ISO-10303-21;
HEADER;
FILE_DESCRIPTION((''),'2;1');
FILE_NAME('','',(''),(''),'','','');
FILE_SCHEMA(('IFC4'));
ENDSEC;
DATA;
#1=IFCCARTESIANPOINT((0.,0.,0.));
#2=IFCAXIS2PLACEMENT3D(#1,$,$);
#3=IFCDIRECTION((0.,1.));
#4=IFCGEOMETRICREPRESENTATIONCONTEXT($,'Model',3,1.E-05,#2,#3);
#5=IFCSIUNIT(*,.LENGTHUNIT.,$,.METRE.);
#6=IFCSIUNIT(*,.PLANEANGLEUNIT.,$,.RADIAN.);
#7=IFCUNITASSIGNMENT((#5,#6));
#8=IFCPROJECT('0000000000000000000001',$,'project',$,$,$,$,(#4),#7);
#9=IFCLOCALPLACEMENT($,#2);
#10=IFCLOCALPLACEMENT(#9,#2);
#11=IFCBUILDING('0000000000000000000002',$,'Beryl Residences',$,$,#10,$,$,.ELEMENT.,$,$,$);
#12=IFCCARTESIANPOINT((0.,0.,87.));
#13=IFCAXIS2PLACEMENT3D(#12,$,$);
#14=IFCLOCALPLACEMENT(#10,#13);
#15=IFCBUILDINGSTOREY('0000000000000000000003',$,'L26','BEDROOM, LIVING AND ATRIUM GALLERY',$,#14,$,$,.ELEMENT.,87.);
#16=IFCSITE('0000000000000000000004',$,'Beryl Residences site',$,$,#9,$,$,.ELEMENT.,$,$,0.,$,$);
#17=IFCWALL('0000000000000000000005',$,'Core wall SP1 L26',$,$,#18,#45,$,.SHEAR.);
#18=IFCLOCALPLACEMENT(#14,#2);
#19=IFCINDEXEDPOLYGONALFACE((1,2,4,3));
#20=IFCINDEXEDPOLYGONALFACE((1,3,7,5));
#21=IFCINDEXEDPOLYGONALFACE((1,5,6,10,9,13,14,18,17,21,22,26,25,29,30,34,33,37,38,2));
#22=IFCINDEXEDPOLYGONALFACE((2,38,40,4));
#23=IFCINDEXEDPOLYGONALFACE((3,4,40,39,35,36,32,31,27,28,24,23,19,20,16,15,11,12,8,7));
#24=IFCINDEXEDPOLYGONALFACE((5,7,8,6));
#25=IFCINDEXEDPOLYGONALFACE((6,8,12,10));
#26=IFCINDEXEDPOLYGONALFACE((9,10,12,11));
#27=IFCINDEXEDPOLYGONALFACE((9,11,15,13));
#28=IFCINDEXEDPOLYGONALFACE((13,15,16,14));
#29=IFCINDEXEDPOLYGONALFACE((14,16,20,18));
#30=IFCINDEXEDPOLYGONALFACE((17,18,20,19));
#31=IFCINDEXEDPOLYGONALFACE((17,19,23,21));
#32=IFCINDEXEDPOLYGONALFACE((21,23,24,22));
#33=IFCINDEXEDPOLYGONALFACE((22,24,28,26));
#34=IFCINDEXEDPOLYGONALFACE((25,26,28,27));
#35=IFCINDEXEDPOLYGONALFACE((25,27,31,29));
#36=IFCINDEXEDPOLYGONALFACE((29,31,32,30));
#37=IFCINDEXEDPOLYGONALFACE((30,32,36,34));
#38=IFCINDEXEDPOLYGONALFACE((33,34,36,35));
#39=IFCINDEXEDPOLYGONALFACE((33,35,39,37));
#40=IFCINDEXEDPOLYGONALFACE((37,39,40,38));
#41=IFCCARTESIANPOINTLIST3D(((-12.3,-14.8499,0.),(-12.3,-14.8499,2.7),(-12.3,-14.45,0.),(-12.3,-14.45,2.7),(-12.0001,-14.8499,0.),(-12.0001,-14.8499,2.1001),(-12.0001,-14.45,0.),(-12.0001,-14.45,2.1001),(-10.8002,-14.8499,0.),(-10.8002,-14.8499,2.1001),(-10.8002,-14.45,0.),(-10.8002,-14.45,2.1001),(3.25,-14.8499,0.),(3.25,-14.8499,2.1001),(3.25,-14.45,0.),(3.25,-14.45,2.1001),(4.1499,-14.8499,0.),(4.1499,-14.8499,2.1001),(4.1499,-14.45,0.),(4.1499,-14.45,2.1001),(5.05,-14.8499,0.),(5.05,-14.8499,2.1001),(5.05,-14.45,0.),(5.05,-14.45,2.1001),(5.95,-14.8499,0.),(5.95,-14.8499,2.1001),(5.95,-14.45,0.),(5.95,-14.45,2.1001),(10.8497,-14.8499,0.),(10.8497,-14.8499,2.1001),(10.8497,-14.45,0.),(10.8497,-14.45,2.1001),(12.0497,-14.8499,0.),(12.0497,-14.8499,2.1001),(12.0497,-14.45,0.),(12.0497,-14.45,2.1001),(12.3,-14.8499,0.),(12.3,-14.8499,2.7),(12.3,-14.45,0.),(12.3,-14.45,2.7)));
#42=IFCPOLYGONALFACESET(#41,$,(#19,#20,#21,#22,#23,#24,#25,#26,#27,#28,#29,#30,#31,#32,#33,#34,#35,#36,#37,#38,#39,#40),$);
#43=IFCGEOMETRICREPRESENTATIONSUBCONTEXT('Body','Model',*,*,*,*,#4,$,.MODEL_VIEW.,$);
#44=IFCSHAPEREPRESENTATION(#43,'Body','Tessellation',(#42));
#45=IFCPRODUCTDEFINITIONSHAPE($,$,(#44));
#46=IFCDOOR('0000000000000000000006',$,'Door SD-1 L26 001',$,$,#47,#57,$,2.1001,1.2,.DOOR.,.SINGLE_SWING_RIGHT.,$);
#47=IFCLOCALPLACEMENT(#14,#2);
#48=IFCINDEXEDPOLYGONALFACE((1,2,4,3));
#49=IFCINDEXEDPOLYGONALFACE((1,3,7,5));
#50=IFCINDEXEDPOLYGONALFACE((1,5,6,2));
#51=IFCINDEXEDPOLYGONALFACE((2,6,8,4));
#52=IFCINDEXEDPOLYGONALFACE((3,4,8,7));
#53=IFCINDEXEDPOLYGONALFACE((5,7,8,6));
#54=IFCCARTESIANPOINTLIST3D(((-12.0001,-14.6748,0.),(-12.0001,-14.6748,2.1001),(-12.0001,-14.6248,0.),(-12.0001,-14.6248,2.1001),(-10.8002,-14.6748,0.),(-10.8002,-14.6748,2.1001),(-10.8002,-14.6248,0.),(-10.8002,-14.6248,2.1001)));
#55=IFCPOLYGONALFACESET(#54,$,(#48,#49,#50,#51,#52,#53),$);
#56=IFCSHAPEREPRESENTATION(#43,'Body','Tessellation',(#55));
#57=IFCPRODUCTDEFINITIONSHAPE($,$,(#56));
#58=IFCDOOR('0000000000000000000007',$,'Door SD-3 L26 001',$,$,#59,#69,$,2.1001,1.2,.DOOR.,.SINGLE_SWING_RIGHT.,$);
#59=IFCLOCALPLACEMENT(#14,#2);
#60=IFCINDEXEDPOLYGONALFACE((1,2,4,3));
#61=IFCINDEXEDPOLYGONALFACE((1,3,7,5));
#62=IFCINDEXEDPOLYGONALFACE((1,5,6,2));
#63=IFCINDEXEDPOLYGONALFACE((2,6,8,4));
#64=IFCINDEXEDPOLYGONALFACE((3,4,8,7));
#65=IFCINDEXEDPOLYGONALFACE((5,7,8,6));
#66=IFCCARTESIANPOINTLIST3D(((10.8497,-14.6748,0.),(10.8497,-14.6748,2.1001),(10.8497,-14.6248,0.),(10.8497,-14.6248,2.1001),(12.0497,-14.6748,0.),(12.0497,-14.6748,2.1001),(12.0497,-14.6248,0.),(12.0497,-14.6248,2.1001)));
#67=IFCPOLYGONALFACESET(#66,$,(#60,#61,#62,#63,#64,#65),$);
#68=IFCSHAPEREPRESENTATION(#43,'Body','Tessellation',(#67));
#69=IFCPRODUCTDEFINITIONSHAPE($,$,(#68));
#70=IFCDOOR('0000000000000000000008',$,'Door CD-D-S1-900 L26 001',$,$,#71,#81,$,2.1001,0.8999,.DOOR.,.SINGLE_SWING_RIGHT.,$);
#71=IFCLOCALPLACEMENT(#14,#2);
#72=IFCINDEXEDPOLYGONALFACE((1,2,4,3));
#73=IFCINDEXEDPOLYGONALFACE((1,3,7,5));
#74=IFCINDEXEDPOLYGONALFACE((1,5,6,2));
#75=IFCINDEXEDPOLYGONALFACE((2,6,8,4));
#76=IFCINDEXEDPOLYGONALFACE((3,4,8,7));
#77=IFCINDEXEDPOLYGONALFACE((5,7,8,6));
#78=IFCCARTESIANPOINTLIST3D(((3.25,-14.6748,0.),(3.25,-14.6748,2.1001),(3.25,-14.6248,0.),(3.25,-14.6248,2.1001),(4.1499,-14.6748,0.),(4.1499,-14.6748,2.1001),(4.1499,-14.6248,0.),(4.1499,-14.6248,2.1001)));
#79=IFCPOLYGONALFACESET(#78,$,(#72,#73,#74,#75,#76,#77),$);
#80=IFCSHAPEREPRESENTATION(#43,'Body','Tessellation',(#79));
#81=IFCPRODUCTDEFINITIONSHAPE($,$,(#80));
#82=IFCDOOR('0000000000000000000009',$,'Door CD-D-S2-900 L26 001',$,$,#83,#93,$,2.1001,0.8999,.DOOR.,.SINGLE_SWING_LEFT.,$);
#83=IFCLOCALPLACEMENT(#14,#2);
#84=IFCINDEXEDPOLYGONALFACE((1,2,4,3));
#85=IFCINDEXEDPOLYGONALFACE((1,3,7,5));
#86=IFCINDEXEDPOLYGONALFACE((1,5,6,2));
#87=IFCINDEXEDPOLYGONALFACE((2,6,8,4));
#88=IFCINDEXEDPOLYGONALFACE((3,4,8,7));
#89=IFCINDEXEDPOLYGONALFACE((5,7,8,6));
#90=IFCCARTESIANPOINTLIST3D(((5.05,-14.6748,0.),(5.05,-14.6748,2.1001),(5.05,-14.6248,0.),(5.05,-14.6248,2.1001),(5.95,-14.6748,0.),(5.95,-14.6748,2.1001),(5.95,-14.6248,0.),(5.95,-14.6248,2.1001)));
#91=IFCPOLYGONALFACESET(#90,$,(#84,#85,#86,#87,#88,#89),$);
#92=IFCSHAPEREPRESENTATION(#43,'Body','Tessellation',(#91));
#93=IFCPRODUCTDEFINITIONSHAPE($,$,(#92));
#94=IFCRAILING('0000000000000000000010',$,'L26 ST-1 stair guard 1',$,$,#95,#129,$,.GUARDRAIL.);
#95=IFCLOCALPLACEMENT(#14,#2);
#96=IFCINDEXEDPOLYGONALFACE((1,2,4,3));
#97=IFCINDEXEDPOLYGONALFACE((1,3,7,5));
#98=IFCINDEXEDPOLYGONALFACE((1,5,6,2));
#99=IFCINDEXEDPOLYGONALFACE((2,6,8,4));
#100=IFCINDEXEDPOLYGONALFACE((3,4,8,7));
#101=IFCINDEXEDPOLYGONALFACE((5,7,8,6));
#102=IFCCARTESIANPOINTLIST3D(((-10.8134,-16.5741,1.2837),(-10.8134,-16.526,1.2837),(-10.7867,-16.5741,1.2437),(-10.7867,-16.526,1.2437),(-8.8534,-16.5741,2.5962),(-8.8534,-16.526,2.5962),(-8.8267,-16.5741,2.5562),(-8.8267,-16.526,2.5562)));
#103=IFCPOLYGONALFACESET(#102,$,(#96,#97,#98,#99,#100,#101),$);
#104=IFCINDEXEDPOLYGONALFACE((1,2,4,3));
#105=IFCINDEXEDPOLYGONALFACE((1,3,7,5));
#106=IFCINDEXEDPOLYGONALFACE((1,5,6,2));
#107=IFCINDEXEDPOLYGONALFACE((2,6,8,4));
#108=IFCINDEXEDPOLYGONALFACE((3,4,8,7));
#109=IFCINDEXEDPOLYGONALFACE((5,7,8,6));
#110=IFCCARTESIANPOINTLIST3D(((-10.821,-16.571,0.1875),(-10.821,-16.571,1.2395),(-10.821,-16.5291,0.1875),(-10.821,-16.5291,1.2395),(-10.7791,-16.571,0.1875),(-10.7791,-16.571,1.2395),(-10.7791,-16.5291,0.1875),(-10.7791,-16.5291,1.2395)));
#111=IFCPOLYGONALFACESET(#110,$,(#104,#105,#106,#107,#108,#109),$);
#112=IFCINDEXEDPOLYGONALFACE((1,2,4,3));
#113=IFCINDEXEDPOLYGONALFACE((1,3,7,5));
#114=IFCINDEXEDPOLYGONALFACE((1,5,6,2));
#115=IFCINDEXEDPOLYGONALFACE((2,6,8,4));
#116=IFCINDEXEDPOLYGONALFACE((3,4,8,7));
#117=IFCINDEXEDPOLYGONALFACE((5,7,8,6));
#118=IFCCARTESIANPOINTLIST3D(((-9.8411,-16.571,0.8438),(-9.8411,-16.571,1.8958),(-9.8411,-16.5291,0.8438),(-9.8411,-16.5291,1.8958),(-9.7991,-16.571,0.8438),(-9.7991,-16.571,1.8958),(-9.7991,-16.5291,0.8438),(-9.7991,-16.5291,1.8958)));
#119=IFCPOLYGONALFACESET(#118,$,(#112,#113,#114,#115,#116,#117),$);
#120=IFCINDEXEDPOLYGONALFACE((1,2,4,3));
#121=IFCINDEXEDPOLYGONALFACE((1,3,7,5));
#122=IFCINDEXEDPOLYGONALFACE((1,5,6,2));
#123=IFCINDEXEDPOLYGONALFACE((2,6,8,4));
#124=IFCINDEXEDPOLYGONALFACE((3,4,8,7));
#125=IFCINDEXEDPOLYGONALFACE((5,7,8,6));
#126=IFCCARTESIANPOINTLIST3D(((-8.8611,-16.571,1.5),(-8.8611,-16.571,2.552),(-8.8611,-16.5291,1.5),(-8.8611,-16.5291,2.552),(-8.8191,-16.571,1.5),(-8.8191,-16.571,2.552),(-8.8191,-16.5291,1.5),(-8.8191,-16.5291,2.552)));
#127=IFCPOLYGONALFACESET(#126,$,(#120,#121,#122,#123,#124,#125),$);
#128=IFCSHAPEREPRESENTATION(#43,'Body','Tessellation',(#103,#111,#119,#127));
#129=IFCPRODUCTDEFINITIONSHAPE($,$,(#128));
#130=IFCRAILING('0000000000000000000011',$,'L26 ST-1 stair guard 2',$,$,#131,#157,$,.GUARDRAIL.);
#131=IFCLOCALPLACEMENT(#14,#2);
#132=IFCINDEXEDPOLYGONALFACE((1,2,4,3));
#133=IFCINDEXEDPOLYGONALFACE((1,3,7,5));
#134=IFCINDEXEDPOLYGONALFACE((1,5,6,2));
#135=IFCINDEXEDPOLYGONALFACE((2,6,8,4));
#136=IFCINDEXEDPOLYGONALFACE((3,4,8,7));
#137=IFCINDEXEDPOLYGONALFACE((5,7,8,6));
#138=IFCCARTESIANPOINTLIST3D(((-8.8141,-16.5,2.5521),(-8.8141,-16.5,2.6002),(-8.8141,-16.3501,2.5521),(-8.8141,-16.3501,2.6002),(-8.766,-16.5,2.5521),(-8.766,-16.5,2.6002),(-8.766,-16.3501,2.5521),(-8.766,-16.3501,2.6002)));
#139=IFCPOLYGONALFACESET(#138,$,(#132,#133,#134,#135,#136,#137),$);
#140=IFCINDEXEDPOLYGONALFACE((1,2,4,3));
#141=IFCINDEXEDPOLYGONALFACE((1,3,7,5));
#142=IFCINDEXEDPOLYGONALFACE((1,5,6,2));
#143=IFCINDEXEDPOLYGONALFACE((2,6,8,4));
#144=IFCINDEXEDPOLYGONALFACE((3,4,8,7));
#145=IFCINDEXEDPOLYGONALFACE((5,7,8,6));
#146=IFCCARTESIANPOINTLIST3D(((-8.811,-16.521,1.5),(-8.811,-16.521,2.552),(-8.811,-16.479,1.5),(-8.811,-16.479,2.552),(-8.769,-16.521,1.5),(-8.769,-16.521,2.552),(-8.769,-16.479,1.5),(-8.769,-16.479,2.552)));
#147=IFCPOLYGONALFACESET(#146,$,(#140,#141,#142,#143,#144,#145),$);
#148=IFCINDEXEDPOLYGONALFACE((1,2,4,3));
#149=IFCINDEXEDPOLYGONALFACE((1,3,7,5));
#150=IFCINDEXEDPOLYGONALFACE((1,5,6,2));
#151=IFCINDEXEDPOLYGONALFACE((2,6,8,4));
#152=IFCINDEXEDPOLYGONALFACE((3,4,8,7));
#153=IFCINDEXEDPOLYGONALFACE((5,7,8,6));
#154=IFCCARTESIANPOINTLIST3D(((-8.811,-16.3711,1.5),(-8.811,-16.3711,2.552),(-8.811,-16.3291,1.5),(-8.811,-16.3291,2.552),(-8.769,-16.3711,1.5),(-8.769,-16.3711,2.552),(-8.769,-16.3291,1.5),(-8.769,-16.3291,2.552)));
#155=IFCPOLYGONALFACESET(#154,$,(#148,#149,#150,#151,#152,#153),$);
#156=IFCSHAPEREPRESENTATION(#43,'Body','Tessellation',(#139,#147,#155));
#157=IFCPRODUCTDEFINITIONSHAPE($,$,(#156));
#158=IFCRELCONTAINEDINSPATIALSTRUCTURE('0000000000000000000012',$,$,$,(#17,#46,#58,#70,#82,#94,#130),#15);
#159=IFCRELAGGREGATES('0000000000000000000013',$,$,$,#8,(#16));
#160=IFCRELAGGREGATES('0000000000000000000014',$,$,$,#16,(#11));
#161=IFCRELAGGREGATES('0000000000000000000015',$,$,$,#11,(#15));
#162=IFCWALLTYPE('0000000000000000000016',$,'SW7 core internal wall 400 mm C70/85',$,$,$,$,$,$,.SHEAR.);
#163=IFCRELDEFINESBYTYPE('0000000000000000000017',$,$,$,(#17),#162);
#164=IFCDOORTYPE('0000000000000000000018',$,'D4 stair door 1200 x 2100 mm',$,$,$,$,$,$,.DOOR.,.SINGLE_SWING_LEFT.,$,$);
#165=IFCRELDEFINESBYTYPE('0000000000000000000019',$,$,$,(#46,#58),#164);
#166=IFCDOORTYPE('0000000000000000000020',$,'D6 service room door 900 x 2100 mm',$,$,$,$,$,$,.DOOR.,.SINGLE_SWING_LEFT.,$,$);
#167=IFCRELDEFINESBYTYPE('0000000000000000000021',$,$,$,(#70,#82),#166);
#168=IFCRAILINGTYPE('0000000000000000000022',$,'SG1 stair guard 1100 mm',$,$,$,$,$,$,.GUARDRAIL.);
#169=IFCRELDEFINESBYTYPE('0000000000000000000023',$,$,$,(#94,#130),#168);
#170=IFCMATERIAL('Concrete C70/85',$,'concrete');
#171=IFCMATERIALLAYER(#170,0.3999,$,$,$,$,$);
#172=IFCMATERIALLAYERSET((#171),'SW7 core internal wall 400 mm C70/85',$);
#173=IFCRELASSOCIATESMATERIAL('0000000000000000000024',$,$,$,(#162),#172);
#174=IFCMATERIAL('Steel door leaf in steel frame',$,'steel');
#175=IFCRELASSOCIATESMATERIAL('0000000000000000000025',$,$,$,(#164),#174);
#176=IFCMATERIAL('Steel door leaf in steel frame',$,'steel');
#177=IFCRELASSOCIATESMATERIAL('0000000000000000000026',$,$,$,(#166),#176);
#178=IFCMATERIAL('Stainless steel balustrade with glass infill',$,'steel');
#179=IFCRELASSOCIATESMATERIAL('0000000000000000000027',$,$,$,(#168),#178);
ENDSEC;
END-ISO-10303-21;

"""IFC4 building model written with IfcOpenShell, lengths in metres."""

from ifc_helpers import new_model, si_unit, direction, frame, frame_2d, origin, origin_2d, place, context, subcontext, project, spatial, rectangle, extrude, material, layer, layer_set, type_object, element, fill, save


model = new_model("IFC4")

# Units and contexts
model_context = context("Model", 3, precision=1e-05, world=origin(), true_north=direction((0.0, 1.0)))
body_context = subcontext(model_context, "Body", "Model", "MODEL_VIEW")
ifc_project = project(units=[si_unit("LENGTHUNIT", "METRE"), si_unit("PLANEANGLEUNIT", "RADIAN")], contexts=[model_context])

# Site, building, storey
site_placement = place(None, origin())
site = spatial("IfcSite", under=ifc_project, at=site_placement, Name="Beryl Residences site", CompositionType="ELEMENT", RefElevation=0.0)
building_placement = place(site_placement, origin())
building = spatial("IfcBuilding", under=site, at=building_placement, Name="Beryl Residences", CompositionType="ELEMENT")
storey_placement = place(building_placement, frame((0.0, 0.0, 87.0)))
storey = spatial("IfcBuildingStorey", under=building, at=storey_placement, Name="L26", Description="BEDROOM, LIVING AND ATRIUM GALLERY", CompositionType="ELEMENT", Elevation=87.0)

# Wall, openings, doors
ifc_material_1 = material(Name="Concrete C70/85", Category="concrete")
ifc_layer_1 = layer(ifc_material_1, 0.3999)
ifc_layer_set_1 = layer_set([ifc_layer_1], Name="SW7 core internal wall 400 mm C70/85")
wall_type_1 = type_object("IfcWallType", Name="SW7 core internal wall 400 mm C70/85", PredefinedType="SHEAR", material=ifc_layer_set_1)
wall_1_placement = place(storey_placement, frame((-12.3, -14.6499, 0.0), z_axis=(0.0, 0.0, 1.0), x_axis=(1.0, 0.0, 0.0)))
wall_1 = element("IfcWall", 1, at=wall_1_placement, inside=storey, type_object=wall_type_1, Name="Core wall SP1 L26", PredefinedType="SHEAR", context=body_context, shape_type="SweptSolid", body=[
    extrude(rectangle(XDim=24.6001, YDim=0.3999, at=frame_2d((12.3, 0.0))), origin(), (0.0, 0.0, 1.0), 2.7),
])
opening_1_placement = place(wall_1_placement, frame((1.5, 0.0, 0.0), z_axis=(0.0, 0.0, 1.0), x_axis=(-1.0, 0.0, 0.0)))
opening_1 = element("IfcOpeningElement", 2, at=opening_1_placement, cuts=wall_1, PredefinedType="OPENING", context=body_context, shape_type="SweptSolid", body=[
    extrude(rectangle(XDim=1.2, YDim=2.1001, at=frame_2d((0.6001, 1.05))), frame((0.0, 0.21, 0.0), z_axis=(0.0, -1.0, 0.0), x_axis=(1.0, 0.0, 0.0)), (0.0, 0.0, 1.0), 0.4199),
])
opening_2_placement = place(wall_1_placement, frame((24.3499, 0.0, 0.0), z_axis=(0.0, 0.0, 1.0), x_axis=(-1.0, 0.0, 0.0)))
opening_2 = element("IfcOpeningElement", 3, at=opening_2_placement, cuts=wall_1, PredefinedType="OPENING", context=body_context, shape_type="SweptSolid", body=[
    extrude(rectangle(XDim=1.2, YDim=2.1001, at=frame_2d((0.6001, 1.05))), frame((0.0, 0.21, 0.0), z_axis=(0.0, -1.0, 0.0), x_axis=(1.0, 0.0, 0.0)), (0.0, 0.0, 1.0), 0.4199),
])
opening_3_placement = place(wall_1_placement, frame((16.45, 0.0, 0.0), z_axis=(0.0, 0.0, 1.0), x_axis=(-1.0, 0.0, 0.0)))
opening_3 = element("IfcOpeningElement", 4, at=opening_3_placement, cuts=wall_1, PredefinedType="OPENING", context=body_context, shape_type="SweptSolid", body=[
    extrude(rectangle(XDim=0.8999, YDim=2.1001, at=frame_2d((0.45, 1.05))), frame((0.0, 0.21, 0.0), z_axis=(0.0, -1.0, 0.0), x_axis=(1.0, 0.0, 0.0)), (0.0, 0.0, 1.0), 0.4199),
])
opening_4_placement = place(wall_1_placement, frame((18.25, 0.0, 0.0), z_axis=(0.0, 0.0, 1.0), x_axis=(-1.0, 0.0, 0.0)))
opening_4 = element("IfcOpeningElement", 5, at=opening_4_placement, cuts=wall_1, PredefinedType="OPENING", context=body_context, shape_type="SweptSolid", body=[
    extrude(rectangle(XDim=0.8999, YDim=2.1001, at=frame_2d((0.45, 1.05))), frame((0.0, 0.21, 0.0), z_axis=(0.0, -1.0, 0.0), x_axis=(1.0, 0.0, 0.0)), (0.0, 0.0, 1.0), 0.4199),
])
ifc_material_2 = material(Name="Steel door leaf in steel frame", Category="steel")
door_type_1 = type_object("IfcDoorType", Name="D4 stair door 1200 x 2100 mm", OperationType="SINGLE_SWING_LEFT", PredefinedType="DOOR", material=ifc_material_2)
door_1_placement = place(opening_1_placement, origin())
door_1 = element("IfcDoor", 6, at=door_1_placement, inside=storey, type_object=door_type_1, Name="Door SD-1 L26 001", OperationType="SINGLE_SWING_RIGHT", OverallHeight=2.1001, OverallWidth=1.2, PredefinedType="DOOR", context=body_context, shape_type="SweptSolid", body=[
    extrude(rectangle(XDim=1.2, YDim=2.1001, at=frame_2d((0.6001, 1.05))), frame((0.0, 0.0249, 0.0), z_axis=(0.0, -1.0, 0.0), x_axis=(1.0, 0.0, 0.0)), (0.0, 0.0, 1.0), 0.05),
])
fill(opening_1, door_1)
door_2_placement = place(opening_2_placement, origin())
door_2 = element("IfcDoor", 7, at=door_2_placement, inside=storey, type_object=door_type_1, Name="Door SD-3 L26 001", OperationType="SINGLE_SWING_RIGHT", OverallHeight=2.1001, OverallWidth=1.2, PredefinedType="DOOR", context=body_context, shape_type="SweptSolid", body=[
    extrude(rectangle(XDim=1.2, YDim=2.1001, at=frame_2d((0.6001, 1.05))), frame((0.0, 0.0249, 0.0), z_axis=(0.0, -1.0, 0.0), x_axis=(1.0, 0.0, 0.0)), (0.0, 0.0, 1.0), 0.05),
])
fill(opening_2, door_2)
ifc_material_3 = material(Name="Steel door leaf in steel frame", Category="steel")
door_type_2 = type_object("IfcDoorType", Name="D6 service room door 900 x 2100 mm", OperationType="SINGLE_SWING_LEFT", PredefinedType="DOOR", material=ifc_material_3)
door_3_placement = place(opening_3_placement, origin())
door_3 = element("IfcDoor", 8, at=door_3_placement, inside=storey, type_object=door_type_2, Name="Door CD-D-S1-900 L26 001", OperationType="SINGLE_SWING_RIGHT", OverallHeight=2.1001, OverallWidth=0.8999, PredefinedType="DOOR", context=body_context, shape_type="SweptSolid", body=[
    extrude(rectangle(XDim=0.8999, YDim=2.1001, at=frame_2d((0.45, 1.05))), frame((0.0, 0.0249, 0.0), z_axis=(0.0, -1.0, 0.0), x_axis=(1.0, 0.0, 0.0)), (0.0, 0.0, 1.0), 0.05),
])
fill(opening_3, door_3)
door_4_placement = place(opening_4_placement, origin())
door_4 = element("IfcDoor", 9, at=door_4_placement, inside=storey, type_object=door_type_2, Name="Door CD-D-S2-900 L26 001", OperationType="SINGLE_SWING_LEFT", OverallHeight=2.1001, OverallWidth=0.8999, PredefinedType="DOOR", context=body_context, shape_type="SweptSolid", body=[
    extrude(rectangle(XDim=0.8999, YDim=2.1001, at=frame_2d((0.45, 1.05))), frame((0.0, 0.0249, 0.0), z_axis=(0.0, -1.0, 0.0), x_axis=(1.0, 0.0, 0.0)), (0.0, 0.0, 1.0), 0.05),
])
fill(opening_4, door_4)

# Railings
ifc_material_4 = material(Name="Stainless steel balustrade with glass infill", Category="steel")
railing_type_1 = type_object("IfcRailingType", Name="SG1 stair guard 1100 mm", PredefinedType="GUARDRAIL", material=ifc_material_4)
railing_1_placement = place(storey_placement, frame((-10.8, -16.55, 0.1875)))
element("IfcRailing", 10, at=railing_1_placement, inside=storey, type_object=railing_type_1, Name="L26 ST-1 stair guard 1", PredefinedType="GUARDRAIL", context=body_context, shape_type="SweptSolid", body=[
    extrude(rectangle(XDim=0.0481, YDim=0.0481, at=origin_2d()), frame((0.0, 0.0, 1.0762), z_axis=(0.830902, 0.0, 0.556419), x_axis=(0.0, 1.0, 0.0)), (0.0, 0.0, 1.0), 2.3589),
    extrude(rectangle(XDim=0.042, YDim=0.042, at=origin_2d()), origin(), (0.0, 0.0, 1.0), 1.052),
    extrude(rectangle(XDim=0.042, YDim=0.042, at=origin_2d()), frame((0.98, 0.0, 0.6562)), (0.0, 0.0, 1.0), 1.052),
    extrude(rectangle(XDim=0.042, YDim=0.042, at=origin_2d()), frame((1.96, 0.0, 1.3125)), (0.0, 0.0, 1.0), 1.052),
])
railing_2_placement = place(storey_placement, frame((-8.79, -16.5, 1.5)))
element("IfcRailing", 11, at=railing_2_placement, inside=storey, type_object=railing_type_1, Name="L26 ST-1 stair guard 2", PredefinedType="GUARDRAIL", context=body_context, shape_type="SweptSolid", body=[
    extrude(rectangle(XDim=0.0481, YDim=0.0481, at=origin_2d()), frame((0.0, 0.0, 1.0762), z_axis=(0.0, 1.0, 0.0), x_axis=(-1.0, 0.0, 0.0)), (0.0, 0.0, 1.0), 0.1499),
    extrude(rectangle(XDim=0.042, YDim=0.042, at=origin_2d()), origin(), (0.0, 0.0, 1.0), 1.052),
    extrude(rectangle(XDim=0.042, YDim=0.042, at=origin_2d()), frame((0.0, 0.1499, 0.0)), (0.0, 0.0, 1.0), 1.052),
])

save(model, "model.ifc")
